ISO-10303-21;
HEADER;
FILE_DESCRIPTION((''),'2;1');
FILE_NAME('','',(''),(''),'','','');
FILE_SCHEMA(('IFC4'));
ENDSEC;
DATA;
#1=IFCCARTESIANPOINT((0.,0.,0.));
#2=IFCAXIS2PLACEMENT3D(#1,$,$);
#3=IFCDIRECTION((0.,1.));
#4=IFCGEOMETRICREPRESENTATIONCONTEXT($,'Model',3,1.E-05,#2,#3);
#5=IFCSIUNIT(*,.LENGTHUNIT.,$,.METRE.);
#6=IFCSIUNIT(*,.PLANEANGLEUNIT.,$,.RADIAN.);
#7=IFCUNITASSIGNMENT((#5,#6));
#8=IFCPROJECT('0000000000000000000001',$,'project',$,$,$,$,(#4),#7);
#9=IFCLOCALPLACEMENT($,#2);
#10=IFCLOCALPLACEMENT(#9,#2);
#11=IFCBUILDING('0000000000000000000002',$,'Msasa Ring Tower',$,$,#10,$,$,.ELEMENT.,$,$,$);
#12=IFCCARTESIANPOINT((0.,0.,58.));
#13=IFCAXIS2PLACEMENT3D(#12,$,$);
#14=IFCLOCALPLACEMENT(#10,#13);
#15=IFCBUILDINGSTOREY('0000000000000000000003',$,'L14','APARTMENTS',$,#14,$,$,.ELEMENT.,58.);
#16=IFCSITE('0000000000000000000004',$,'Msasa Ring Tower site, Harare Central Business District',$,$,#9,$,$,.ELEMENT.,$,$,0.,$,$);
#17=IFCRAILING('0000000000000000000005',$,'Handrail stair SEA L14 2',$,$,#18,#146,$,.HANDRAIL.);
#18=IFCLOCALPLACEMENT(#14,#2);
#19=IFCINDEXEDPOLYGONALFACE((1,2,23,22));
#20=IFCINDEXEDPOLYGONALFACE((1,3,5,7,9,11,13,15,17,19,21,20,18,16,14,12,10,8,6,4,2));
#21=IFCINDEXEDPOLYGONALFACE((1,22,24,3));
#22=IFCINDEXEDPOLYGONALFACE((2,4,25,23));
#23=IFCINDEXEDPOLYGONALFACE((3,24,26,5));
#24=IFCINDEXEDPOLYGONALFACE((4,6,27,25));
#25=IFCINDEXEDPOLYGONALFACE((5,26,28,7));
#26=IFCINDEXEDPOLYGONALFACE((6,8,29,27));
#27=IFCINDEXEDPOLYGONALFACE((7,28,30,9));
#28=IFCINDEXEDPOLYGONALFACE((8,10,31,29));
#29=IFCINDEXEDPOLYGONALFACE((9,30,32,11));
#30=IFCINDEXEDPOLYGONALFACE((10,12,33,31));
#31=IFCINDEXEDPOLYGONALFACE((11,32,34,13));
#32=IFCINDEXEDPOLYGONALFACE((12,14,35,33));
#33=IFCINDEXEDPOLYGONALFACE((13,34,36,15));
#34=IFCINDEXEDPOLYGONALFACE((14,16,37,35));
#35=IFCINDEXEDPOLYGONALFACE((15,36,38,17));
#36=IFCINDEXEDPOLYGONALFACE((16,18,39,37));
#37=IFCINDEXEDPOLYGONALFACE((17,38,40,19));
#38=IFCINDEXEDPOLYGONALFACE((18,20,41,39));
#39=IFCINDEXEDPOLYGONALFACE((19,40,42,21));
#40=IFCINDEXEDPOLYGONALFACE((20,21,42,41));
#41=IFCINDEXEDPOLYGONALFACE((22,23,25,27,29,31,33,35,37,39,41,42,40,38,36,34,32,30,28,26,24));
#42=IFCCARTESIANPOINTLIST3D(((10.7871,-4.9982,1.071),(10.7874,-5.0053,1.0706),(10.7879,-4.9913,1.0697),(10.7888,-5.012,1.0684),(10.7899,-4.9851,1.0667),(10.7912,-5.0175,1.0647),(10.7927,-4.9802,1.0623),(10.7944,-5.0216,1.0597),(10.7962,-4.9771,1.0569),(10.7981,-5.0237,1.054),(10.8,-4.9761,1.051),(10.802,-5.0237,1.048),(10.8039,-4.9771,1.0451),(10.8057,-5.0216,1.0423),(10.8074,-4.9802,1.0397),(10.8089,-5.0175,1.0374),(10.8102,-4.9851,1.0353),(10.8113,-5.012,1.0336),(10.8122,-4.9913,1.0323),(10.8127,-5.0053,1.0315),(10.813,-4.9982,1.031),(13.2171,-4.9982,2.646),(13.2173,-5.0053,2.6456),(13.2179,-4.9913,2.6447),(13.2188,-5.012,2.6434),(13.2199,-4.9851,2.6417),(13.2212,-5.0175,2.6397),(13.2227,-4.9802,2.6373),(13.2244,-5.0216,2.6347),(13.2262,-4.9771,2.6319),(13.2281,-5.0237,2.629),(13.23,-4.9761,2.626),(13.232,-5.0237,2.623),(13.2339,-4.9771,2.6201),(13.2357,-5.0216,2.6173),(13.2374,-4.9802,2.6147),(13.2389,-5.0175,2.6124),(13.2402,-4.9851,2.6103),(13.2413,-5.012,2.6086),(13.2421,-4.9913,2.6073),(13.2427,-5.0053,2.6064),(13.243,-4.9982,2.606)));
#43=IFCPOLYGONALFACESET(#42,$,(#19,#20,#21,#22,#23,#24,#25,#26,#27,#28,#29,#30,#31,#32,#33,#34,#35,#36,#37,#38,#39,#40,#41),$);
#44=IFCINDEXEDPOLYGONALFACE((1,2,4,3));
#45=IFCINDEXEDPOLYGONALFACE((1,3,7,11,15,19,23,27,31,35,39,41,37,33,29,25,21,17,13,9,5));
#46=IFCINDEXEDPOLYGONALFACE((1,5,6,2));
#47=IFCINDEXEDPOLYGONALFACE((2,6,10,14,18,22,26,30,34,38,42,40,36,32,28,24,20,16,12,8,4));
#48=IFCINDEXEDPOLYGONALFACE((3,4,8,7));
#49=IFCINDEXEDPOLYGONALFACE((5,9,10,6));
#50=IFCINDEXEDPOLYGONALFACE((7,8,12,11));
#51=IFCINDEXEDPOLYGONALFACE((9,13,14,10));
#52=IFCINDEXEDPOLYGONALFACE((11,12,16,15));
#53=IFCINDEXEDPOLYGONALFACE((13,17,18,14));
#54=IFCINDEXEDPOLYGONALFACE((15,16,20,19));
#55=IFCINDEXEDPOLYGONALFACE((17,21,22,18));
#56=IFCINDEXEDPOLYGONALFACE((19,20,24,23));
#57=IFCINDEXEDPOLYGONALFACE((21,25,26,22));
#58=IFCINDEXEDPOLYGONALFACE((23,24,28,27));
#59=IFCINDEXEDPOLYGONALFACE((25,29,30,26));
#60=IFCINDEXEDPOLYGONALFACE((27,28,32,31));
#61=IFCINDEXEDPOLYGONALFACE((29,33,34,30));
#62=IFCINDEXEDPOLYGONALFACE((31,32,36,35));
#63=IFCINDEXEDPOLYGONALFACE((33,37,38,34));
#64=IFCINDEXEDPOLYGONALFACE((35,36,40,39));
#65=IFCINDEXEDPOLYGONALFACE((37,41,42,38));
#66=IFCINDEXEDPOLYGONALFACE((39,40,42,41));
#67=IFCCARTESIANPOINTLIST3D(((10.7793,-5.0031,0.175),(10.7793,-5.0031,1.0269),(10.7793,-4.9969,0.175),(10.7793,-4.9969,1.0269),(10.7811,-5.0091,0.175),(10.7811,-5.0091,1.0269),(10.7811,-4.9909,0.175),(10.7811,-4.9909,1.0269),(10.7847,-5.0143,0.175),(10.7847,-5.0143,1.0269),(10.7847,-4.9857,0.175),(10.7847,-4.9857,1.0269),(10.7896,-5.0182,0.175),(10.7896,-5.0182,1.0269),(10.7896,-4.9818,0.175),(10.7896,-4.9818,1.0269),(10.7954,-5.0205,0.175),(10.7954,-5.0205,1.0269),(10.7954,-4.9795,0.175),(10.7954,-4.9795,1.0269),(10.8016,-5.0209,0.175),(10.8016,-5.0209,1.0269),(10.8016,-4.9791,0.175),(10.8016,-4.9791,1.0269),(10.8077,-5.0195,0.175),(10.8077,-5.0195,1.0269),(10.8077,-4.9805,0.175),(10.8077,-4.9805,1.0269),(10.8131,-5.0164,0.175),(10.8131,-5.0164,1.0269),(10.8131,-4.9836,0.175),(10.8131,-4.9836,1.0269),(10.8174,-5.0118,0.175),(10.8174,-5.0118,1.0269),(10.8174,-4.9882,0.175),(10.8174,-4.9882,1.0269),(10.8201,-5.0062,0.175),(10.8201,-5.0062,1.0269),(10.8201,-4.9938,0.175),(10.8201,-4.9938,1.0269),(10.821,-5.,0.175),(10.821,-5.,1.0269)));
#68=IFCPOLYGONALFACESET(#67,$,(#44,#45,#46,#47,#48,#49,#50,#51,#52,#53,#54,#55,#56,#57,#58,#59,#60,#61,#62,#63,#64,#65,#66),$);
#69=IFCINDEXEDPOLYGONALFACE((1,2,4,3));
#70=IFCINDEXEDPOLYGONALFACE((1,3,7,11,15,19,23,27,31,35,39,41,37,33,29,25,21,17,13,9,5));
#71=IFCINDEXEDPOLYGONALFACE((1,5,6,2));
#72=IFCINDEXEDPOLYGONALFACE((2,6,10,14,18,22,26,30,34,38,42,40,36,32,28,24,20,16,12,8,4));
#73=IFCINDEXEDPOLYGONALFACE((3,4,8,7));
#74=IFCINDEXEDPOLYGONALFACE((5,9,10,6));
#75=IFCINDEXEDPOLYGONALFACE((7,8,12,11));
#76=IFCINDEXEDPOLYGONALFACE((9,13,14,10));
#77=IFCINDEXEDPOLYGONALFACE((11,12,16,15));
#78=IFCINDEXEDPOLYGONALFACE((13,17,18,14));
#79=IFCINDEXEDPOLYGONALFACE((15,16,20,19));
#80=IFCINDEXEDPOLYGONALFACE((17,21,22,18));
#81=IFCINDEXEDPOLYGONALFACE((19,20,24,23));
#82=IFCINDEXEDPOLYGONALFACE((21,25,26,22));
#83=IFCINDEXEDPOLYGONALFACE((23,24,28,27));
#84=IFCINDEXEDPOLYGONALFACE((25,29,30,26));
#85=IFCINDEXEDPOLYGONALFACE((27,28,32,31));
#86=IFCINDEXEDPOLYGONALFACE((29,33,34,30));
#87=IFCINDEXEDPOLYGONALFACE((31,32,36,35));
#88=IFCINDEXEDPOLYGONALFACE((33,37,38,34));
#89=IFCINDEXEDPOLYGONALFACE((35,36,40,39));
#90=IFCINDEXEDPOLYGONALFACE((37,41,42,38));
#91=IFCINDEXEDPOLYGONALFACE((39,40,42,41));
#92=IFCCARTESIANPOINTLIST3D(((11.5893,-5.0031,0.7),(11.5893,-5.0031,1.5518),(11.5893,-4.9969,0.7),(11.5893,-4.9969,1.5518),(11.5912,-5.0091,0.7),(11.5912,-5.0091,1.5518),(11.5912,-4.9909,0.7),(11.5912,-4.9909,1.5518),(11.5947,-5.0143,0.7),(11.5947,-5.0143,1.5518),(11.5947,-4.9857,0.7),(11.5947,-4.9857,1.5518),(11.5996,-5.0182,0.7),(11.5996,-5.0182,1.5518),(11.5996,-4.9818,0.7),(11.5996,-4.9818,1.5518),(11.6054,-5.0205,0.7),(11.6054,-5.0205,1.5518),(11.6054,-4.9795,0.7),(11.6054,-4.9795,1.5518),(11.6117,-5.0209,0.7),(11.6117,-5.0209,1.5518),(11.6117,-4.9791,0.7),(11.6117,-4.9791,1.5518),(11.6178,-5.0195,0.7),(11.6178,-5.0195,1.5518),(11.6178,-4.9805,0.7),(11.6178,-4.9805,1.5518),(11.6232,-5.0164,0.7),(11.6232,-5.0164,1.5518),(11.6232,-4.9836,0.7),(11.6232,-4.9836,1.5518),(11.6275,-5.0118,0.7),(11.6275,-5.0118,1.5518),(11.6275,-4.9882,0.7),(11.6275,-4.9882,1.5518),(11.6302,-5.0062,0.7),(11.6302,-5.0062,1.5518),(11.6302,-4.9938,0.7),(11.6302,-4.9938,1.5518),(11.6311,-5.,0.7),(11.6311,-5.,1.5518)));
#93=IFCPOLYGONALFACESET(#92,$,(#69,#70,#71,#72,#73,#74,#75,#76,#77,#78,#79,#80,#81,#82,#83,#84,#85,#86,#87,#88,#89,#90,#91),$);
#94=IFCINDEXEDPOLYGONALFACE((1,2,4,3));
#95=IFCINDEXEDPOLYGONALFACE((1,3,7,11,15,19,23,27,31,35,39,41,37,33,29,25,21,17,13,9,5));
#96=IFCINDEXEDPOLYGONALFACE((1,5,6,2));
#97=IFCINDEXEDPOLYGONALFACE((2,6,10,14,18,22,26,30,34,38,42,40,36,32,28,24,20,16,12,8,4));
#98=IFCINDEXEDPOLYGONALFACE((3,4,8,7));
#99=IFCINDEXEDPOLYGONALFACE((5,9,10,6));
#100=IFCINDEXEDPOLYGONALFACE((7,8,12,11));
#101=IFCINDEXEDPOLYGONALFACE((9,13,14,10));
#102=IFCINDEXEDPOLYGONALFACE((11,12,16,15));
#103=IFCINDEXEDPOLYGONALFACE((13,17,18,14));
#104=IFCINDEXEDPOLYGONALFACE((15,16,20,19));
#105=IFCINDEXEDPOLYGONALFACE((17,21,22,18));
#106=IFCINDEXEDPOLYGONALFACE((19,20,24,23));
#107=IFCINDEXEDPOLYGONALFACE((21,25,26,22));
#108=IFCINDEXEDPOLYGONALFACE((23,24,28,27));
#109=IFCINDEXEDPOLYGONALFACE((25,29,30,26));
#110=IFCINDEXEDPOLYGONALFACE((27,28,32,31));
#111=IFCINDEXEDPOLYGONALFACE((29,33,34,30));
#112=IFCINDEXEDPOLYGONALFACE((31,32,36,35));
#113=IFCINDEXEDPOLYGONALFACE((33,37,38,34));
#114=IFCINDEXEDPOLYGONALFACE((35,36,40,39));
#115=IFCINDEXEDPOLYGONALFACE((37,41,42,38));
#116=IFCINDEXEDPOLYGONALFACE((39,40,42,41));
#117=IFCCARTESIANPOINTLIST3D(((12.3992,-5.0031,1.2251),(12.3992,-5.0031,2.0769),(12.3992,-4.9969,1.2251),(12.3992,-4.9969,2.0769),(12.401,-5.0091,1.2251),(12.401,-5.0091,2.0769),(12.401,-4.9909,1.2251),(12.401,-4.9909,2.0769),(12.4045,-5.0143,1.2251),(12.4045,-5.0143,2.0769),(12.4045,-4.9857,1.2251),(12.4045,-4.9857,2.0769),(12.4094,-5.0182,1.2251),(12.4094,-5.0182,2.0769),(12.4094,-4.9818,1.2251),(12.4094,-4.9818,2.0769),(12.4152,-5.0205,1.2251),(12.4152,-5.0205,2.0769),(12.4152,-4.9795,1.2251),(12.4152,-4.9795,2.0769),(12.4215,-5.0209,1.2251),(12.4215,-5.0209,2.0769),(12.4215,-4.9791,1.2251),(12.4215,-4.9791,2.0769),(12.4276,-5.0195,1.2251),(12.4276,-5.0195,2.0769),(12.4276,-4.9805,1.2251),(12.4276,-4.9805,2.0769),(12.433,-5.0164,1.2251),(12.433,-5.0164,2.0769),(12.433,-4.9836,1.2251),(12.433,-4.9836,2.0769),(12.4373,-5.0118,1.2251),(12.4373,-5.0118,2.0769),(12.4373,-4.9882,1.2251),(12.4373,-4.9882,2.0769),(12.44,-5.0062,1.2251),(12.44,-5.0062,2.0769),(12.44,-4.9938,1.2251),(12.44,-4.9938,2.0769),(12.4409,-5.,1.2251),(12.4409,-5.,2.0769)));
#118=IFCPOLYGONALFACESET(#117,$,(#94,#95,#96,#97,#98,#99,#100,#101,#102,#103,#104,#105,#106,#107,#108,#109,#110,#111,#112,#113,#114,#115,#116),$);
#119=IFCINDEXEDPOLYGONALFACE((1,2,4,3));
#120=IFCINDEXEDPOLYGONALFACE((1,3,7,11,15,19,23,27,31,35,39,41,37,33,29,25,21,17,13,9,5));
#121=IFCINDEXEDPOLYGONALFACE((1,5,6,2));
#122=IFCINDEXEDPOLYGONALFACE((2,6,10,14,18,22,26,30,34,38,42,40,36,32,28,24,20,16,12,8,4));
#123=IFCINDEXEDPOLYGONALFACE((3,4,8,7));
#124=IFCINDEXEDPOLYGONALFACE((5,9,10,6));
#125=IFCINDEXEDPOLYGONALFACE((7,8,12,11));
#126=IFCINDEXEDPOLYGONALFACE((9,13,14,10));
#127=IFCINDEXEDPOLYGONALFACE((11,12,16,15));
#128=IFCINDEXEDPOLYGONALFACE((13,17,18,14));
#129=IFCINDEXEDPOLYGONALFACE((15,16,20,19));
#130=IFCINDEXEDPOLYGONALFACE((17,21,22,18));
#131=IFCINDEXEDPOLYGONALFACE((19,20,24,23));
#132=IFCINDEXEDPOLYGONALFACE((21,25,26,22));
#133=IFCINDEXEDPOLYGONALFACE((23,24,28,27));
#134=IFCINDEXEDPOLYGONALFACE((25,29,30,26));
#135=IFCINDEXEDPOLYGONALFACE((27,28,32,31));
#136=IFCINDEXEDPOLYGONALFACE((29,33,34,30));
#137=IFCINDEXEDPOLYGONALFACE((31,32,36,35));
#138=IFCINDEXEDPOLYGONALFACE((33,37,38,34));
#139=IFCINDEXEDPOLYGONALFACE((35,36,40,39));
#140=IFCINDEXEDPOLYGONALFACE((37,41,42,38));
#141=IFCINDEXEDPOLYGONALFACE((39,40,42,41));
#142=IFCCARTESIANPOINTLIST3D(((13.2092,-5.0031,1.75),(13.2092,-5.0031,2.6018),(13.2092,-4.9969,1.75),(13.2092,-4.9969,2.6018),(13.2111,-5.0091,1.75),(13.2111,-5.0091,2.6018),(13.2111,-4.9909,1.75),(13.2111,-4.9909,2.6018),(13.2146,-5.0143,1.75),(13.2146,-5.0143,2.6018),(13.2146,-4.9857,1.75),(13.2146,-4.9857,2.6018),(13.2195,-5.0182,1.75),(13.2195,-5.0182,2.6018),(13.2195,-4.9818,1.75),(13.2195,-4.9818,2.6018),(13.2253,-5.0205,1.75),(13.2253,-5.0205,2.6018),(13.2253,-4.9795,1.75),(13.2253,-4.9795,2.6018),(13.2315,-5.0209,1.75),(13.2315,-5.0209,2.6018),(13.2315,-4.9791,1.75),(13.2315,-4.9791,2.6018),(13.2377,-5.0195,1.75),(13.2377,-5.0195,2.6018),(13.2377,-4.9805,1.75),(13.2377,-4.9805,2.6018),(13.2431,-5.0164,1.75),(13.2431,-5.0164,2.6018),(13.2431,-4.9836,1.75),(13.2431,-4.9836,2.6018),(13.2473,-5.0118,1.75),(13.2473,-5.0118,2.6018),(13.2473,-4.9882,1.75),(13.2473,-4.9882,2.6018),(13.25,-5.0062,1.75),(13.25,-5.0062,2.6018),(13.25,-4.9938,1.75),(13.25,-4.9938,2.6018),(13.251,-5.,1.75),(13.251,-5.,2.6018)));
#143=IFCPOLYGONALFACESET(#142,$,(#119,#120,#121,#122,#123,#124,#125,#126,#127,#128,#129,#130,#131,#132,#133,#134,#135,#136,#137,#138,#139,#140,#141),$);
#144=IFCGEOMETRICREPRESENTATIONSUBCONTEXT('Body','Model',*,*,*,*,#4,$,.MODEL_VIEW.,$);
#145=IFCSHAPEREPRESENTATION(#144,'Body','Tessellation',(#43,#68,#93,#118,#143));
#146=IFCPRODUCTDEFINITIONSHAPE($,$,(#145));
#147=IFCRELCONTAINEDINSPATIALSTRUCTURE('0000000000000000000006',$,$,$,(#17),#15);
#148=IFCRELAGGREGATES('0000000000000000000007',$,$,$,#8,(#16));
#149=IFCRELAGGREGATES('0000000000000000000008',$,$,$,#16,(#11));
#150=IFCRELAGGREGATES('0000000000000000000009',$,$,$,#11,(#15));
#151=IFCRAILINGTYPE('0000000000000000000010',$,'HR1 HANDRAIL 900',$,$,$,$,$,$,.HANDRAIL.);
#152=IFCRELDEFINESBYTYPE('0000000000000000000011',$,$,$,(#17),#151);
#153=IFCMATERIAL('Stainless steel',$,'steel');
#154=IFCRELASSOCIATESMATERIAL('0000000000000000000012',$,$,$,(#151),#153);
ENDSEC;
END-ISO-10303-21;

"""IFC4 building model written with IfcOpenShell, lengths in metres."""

from ifc_helpers import new_model, si_unit, direction, frame, origin, origin_2d, place, context, subcontext, project, spatial, circle, extrude, material, type_object, element, save


model = new_model("IFC4")

# Units and contexts
model_context = context("Model", 3, precision=1e-05, world=origin(), true_north=direction((0.0, 1.0)))
body_context = subcontext(model_context, "Body", "Model", "MODEL_VIEW")
ifc_project = project(units=[si_unit("LENGTHUNIT", "METRE"), si_unit("PLANEANGLEUNIT", "RADIAN")], contexts=[model_context])

# Site, building, storey
site_placement = place(None, origin())
site = spatial("IfcSite", under=ifc_project, at=site_placement, Name="Msasa Ring Tower site, Harare Central Business District", CompositionType="ELEMENT", RefElevation=0.0)
building_placement = place(site_placement, origin())
building = spatial("IfcBuilding", under=site, at=building_placement, Name="Msasa Ring Tower", CompositionType="ELEMENT")
storey_placement = place(building_placement, frame((0.0, 0.0, 58.0)))
storey = spatial("IfcBuildingStorey", under=building, at=storey_placement, Name="L14", Description="APARTMENTS", CompositionType="ELEMENT", Elevation=58.0)

# Railing
ifc_material_1 = material(Name="Stainless steel", Category="steel")
railing_type = type_object("IfcRailingType", Name="HR1 HANDRAIL 900", PredefinedType="HANDRAIL", material=ifc_material_1)
for number, where, name in (
    (1, (10.8, -5.0, 0.175), "Handrail stair SEA L14 2"),
):
    element("IfcRailing", number, at=place(storey_placement, frame(where)), inside=storey, type_object=railing_type, Name=name, PredefinedType="HANDRAIL", context=body_context, shape_type="SweptSolid", body=[
        extrude(circle(Radius=0.0239, at=origin_2d()), frame((0.0, 0.0, 0.876), z_axis=(0.839154, 0.0, 0.543894), x_axis=(0.0, 1.0, 0.0)), (0.0, 0.0, 1.0), 2.8958),
        extrude(circle(Radius=0.021, at=origin_2d()), origin(), (0.0, 0.0, 1.0), 0.8518),
        extrude(circle(Radius=0.021, at=origin_2d()), frame((0.8101, 0.0, 0.5249)), (0.0, 0.0, 1.0), 0.8518),
        extrude(circle(Radius=0.021, at=origin_2d()), frame((1.6199, 0.0, 1.05)), (0.0, 0.0, 1.0), 0.8518),
        extrude(circle(Radius=0.021, at=origin_2d()), frame((2.4299, 0.0, 1.575)), (0.0, 0.0, 1.0), 0.8518),
    ])

save(model, "model.ifc")
